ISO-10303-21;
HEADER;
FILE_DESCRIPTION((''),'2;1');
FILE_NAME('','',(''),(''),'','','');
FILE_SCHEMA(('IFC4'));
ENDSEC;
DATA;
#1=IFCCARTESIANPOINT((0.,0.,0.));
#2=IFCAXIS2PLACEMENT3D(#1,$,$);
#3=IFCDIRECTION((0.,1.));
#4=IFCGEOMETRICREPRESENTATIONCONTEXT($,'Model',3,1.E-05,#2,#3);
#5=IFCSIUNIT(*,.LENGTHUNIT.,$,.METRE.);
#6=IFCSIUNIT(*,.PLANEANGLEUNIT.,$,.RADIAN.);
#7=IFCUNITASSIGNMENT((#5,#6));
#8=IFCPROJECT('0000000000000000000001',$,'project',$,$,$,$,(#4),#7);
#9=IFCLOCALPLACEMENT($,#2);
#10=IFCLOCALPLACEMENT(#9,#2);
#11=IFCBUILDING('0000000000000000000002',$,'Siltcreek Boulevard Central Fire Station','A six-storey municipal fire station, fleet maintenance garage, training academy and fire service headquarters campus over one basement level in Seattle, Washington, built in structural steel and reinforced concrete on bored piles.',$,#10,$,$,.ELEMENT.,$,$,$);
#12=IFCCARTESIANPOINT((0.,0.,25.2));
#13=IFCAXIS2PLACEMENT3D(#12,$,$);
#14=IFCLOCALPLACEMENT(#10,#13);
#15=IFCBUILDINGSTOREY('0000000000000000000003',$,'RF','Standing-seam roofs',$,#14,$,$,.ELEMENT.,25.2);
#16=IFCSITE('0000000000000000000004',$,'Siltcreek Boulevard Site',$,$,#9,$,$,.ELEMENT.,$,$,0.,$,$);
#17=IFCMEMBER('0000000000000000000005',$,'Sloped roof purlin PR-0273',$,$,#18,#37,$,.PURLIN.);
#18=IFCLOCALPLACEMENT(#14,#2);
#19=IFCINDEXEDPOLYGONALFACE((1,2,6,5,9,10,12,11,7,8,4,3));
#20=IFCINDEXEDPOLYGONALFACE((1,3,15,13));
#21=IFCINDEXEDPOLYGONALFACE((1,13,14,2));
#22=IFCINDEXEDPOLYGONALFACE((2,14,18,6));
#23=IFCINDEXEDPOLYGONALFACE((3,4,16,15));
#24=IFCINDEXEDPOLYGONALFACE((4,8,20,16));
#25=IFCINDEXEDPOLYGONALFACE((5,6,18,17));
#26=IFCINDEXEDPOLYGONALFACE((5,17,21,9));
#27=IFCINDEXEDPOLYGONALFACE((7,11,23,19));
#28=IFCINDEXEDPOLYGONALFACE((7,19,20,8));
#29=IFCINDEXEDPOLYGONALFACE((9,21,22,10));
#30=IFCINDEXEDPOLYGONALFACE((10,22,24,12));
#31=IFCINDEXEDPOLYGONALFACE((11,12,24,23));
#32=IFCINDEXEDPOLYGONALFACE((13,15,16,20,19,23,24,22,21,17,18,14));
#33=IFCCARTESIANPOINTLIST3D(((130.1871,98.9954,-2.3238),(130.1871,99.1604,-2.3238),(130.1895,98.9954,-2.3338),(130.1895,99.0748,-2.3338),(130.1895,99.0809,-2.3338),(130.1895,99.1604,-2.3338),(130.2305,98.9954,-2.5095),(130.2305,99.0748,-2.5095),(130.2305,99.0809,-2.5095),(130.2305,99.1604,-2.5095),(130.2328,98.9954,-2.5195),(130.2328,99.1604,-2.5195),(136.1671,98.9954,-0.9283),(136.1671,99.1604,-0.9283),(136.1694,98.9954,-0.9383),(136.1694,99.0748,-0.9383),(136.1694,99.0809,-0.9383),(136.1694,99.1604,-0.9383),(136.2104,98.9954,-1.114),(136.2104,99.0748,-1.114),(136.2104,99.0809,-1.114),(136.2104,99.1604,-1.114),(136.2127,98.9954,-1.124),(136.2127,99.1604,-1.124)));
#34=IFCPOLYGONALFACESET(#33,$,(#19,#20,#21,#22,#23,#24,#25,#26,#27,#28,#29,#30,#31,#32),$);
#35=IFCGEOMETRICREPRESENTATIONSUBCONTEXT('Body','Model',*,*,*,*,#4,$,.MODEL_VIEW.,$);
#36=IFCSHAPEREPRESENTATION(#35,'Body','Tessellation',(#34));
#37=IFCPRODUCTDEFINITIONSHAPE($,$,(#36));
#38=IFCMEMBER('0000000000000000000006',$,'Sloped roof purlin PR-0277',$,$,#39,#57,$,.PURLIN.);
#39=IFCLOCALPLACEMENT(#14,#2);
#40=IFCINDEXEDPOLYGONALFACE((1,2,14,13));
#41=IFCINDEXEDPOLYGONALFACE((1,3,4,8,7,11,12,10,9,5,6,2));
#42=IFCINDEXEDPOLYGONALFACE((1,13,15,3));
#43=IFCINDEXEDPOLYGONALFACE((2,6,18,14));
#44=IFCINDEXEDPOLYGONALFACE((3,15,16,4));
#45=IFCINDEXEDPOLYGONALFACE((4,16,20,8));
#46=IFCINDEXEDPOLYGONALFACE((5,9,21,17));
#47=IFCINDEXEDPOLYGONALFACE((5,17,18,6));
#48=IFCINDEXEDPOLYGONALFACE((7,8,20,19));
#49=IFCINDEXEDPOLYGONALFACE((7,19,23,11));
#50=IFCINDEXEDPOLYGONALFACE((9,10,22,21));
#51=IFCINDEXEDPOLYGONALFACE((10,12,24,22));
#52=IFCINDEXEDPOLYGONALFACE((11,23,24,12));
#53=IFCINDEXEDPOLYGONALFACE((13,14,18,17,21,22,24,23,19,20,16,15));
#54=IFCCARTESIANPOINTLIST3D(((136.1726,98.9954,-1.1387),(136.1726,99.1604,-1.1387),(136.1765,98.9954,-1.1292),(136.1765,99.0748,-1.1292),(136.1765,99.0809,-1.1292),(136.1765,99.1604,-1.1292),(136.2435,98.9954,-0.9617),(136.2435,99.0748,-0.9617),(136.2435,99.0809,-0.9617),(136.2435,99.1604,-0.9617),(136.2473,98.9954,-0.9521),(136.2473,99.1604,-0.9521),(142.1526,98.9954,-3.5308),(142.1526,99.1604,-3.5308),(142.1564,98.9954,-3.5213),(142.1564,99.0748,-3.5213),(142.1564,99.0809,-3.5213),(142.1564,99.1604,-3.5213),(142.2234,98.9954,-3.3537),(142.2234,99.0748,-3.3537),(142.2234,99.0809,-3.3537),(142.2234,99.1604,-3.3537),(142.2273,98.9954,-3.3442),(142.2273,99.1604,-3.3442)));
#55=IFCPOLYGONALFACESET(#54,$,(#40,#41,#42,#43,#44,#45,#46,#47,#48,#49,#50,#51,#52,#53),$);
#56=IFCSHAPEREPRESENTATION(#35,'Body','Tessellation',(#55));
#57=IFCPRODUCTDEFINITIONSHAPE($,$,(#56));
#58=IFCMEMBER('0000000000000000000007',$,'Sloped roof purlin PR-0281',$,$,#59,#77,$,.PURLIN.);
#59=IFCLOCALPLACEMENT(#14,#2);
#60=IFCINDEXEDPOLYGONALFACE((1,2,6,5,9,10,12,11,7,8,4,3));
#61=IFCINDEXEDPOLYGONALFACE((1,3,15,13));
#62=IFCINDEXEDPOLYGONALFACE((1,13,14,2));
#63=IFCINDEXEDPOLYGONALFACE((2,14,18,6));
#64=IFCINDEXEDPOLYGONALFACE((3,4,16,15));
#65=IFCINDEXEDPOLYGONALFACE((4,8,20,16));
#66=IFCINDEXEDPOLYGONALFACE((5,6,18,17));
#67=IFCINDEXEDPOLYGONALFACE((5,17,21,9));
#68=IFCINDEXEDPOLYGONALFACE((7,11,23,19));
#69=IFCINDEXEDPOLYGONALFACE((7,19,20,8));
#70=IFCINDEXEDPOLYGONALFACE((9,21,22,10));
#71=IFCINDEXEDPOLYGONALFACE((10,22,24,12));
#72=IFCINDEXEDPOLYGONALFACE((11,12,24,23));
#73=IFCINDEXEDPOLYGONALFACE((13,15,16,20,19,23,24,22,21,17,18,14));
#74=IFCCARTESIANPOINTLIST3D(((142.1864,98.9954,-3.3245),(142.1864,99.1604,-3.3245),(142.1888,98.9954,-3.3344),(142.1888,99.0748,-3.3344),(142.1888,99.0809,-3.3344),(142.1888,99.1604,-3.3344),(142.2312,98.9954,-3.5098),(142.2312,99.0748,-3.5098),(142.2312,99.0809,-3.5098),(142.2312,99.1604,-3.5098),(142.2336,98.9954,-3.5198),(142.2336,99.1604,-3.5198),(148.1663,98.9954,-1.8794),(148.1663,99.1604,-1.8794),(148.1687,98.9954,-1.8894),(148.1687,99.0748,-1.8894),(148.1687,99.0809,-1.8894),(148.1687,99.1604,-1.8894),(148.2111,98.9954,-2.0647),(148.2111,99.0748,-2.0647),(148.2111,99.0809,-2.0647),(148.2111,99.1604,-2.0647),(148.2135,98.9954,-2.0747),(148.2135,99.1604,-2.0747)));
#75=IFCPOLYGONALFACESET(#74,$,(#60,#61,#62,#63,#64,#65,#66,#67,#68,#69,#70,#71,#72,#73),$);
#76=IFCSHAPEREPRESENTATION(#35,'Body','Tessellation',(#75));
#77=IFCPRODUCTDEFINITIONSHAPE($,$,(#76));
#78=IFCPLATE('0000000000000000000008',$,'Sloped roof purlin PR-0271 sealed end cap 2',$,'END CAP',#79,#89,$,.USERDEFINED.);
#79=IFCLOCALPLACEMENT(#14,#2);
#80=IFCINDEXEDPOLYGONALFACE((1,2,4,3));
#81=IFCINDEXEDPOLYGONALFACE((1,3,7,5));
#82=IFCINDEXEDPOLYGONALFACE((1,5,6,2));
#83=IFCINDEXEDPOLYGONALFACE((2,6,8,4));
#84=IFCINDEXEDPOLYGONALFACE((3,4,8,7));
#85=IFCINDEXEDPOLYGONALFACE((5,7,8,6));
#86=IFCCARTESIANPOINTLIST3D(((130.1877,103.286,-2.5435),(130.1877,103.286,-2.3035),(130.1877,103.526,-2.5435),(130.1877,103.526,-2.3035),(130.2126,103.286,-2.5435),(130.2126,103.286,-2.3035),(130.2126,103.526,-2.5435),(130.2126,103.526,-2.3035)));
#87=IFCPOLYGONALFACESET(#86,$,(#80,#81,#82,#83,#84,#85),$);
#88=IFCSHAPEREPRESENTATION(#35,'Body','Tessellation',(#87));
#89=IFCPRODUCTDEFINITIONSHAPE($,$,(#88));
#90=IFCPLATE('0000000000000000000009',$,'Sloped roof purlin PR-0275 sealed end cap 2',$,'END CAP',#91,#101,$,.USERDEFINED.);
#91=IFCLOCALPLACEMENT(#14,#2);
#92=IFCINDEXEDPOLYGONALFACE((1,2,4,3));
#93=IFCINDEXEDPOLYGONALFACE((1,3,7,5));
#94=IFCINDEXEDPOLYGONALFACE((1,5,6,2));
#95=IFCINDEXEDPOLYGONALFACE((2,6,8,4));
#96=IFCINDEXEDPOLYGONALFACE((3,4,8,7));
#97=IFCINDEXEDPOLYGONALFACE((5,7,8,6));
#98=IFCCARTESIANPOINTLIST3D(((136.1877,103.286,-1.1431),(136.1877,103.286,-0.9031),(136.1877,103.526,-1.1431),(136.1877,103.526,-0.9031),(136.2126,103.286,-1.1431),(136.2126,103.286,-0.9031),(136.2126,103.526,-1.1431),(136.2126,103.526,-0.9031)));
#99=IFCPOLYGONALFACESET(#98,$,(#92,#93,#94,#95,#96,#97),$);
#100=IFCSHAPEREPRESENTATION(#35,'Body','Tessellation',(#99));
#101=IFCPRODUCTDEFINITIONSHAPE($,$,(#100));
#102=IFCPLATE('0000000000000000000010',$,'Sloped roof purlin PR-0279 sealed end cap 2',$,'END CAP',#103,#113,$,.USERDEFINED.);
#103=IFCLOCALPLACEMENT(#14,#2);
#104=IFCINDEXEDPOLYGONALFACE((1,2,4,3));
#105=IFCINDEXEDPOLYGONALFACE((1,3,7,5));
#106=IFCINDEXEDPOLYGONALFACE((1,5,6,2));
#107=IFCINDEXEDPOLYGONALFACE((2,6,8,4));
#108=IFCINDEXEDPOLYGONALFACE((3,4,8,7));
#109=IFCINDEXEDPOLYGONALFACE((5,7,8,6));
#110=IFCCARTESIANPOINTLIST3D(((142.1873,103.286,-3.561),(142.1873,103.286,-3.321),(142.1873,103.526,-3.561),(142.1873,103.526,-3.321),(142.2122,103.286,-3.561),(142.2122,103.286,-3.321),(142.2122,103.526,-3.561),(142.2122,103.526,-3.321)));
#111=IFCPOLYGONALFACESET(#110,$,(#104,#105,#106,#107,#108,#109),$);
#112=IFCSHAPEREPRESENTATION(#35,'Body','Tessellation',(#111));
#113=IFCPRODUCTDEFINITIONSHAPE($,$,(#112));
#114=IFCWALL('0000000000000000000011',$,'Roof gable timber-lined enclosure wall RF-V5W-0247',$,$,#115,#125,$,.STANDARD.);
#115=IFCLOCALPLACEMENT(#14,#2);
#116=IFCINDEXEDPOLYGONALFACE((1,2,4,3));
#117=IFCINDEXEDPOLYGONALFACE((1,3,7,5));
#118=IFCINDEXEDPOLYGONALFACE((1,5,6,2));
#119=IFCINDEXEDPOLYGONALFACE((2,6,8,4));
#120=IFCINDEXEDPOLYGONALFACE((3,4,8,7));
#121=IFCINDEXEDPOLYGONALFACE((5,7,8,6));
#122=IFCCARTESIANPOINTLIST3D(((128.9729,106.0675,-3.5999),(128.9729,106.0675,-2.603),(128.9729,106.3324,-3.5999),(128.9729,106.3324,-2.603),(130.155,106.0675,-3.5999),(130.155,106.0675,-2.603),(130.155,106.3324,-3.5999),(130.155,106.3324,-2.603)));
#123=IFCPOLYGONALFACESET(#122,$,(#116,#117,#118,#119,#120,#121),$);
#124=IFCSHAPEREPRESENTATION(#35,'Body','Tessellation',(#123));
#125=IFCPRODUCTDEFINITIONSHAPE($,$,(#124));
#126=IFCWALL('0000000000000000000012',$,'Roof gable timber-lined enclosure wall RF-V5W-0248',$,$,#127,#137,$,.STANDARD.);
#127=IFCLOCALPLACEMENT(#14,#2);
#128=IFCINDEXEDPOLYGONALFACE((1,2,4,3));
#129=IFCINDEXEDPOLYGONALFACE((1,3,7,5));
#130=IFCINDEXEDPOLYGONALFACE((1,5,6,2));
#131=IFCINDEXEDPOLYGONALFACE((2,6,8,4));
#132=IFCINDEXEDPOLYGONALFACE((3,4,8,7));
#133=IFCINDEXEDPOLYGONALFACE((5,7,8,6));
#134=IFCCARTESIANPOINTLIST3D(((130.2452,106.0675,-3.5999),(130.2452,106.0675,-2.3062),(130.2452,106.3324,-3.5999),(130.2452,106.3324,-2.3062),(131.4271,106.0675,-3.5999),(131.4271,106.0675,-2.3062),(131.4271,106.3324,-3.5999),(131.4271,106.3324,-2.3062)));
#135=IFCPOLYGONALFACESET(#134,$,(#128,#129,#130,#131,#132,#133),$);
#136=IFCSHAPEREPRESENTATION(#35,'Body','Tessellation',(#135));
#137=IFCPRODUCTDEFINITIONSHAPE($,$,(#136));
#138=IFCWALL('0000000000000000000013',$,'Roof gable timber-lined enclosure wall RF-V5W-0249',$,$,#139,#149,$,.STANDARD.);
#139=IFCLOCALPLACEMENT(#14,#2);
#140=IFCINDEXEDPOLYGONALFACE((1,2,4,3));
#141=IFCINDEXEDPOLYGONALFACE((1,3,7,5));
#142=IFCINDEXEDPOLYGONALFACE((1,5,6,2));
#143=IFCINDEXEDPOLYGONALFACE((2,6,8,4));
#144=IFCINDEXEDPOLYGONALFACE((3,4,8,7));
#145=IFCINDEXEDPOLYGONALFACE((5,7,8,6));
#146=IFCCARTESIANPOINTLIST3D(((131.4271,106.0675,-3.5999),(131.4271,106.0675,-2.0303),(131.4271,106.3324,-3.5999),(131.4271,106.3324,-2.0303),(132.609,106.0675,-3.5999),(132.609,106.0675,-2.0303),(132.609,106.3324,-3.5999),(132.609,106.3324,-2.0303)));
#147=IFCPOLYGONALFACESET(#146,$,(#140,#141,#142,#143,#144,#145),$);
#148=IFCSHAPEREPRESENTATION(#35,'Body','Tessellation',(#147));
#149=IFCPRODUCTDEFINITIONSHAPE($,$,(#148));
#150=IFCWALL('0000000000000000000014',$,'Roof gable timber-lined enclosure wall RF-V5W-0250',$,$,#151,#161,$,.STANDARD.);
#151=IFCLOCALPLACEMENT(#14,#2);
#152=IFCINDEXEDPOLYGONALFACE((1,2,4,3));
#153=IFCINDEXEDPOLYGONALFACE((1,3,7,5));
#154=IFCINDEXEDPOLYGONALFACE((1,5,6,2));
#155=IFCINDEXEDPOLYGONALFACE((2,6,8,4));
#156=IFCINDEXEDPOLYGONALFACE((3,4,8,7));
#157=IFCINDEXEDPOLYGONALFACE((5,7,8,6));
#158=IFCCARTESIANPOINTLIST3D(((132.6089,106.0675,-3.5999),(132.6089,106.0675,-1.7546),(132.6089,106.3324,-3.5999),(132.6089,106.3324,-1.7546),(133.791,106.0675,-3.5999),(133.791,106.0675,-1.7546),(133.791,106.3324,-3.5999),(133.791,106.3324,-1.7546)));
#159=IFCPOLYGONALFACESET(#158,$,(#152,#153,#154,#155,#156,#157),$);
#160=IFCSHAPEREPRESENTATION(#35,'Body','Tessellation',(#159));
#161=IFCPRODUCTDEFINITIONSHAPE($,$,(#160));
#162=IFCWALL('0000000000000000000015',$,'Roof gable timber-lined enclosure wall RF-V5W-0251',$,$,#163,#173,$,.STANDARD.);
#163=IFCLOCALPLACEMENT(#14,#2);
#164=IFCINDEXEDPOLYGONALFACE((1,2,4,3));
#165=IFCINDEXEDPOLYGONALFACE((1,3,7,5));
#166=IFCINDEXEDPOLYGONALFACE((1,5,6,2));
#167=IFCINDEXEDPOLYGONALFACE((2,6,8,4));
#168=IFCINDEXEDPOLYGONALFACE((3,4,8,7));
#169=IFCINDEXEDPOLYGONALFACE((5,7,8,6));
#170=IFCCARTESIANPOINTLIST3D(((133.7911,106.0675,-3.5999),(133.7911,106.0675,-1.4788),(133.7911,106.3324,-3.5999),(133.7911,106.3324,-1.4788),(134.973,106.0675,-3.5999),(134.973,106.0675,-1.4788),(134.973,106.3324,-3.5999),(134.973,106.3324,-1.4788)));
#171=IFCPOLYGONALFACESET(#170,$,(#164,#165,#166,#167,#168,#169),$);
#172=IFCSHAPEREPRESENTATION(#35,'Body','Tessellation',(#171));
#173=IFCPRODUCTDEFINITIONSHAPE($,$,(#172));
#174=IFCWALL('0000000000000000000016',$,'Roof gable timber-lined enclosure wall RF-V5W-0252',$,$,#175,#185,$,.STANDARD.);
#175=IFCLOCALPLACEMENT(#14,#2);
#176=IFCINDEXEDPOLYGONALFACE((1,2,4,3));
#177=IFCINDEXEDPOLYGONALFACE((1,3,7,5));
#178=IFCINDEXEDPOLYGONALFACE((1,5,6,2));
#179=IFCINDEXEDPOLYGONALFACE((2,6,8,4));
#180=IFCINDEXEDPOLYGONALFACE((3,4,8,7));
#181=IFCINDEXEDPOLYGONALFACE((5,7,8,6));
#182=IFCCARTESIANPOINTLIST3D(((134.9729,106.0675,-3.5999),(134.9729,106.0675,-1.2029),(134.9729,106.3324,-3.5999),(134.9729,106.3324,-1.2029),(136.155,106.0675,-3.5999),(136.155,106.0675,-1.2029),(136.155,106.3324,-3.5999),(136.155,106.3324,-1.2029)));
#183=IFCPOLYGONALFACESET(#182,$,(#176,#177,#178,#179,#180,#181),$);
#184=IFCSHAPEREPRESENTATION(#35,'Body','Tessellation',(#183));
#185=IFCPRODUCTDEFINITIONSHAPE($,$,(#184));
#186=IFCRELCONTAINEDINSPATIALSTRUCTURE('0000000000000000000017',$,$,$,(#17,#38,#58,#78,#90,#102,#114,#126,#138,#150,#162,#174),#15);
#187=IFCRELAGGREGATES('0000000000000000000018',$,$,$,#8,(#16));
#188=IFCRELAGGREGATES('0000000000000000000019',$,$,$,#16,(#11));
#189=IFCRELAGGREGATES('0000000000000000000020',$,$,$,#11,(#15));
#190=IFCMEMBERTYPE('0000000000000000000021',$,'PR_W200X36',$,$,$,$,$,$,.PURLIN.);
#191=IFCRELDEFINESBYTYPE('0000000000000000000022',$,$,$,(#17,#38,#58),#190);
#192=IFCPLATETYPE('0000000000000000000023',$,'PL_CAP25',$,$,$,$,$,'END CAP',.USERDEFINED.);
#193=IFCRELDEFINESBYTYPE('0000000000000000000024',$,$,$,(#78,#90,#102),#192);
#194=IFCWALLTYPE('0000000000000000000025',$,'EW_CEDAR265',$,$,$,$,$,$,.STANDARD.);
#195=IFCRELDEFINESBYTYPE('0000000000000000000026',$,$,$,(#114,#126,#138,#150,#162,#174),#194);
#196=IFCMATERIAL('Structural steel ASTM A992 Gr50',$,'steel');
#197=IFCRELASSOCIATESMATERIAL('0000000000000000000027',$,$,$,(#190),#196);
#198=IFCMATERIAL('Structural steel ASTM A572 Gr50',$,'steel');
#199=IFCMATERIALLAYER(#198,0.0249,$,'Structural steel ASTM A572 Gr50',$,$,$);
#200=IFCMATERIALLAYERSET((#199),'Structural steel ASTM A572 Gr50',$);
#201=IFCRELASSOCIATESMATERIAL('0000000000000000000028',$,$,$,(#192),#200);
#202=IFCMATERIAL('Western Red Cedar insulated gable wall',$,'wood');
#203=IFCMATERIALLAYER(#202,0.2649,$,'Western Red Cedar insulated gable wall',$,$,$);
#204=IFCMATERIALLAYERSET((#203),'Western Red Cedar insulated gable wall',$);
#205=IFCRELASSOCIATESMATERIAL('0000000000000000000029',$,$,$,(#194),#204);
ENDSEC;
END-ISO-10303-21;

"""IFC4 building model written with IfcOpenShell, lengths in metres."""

from ifc_helpers import new_model, si_unit, direction, frame, frame_2d, origin, origin_2d, place, context, subcontext, project, spatial, rectangle, i_section, extrude, material, layer, layer_set, material_profile, profile_set, type_object, element, save


model = new_model("IFC4")

# Units and contexts
model_context = context("Model", 3, precision=1e-05, world=origin(), true_north=direction((0.0, 1.0)))
body_context = subcontext(model_context, "Body", "Model", "MODEL_VIEW")
ifc_project = project(units=[si_unit("LENGTHUNIT", "METRE"), si_unit("PLANEANGLEUNIT", "RADIAN")], contexts=[model_context])

# Site, building, storey
site_placement = place(None, origin())
site = spatial("IfcSite", under=ifc_project, at=site_placement, Name="Siltcreek Boulevard Site", CompositionType="ELEMENT", RefElevation=0.0)
building_placement = place(site_placement, origin())
building = spatial("IfcBuilding", under=site, at=building_placement, Name="Siltcreek Boulevard Central Fire Station", Description="A six-storey municipal fire station, fleet maintenance garage, training academy and fire service headquarters campus over one basement level in Seattle, Washington, built in structural steel and reinforced concrete on bored piles.", CompositionType="ELEMENT")
storey_placement = place(building_placement, frame((0.0, 0.0, 25.2)))
storey = spatial("IfcBuildingStorey", under=building, at=storey_placement, Name="RF", Description="Standing-seam roofs", CompositionType="ELEMENT", Elevation=25.2)

# Members
ifc_material_1 = material(Name="Structural steel ASTM A992 Gr50", Category="steel")
ifc_material_profile_1 = material_profile(ifc_material_1, i_section(OverallWidth=0.165, OverallDepth=0.2009, WebThickness=0.0061, FlangeThickness=0.0103, at=origin_2d()), Name="W200X36")
ifc_profile_set_1 = profile_set([ifc_material_profile_1], Name="Structural steel ASTM A992 Gr50")
member_type_1 = type_object("IfcMemberType", Name="PR_W200X36", PredefinedType="PURLIN", material=ifc_profile_set_1)
member_1_placement = place(storey_placement, frame((130.21, 99.0779, -2.4216), z_axis=(0.973835, 0.0, 0.227257), x_axis=(0.0, 1.0, 0.0)))
element("IfcMember", 1, at=member_1_placement, inside=storey, type_object=member_type_1, Name="Sloped roof purlin PR-0273", PredefinedType="PURLIN", context=body_context, shape_type="SweptSolid", body=[
    extrude(i_section(OverallWidth=0.165, OverallDepth=0.2009, WebThickness=0.0061, FlangeThickness=0.0103, at=origin_2d()), origin(), (0.0, 0.0, 1.0), 6.1406),
])
member_2_placement = place(storey_placement, frame((136.21, 99.0779, -1.0454), z_axis=(0.928471, 0.0, -0.371404), x_axis=(0.0, 1.0, 0.0)))
element("IfcMember", 2, at=member_2_placement, inside=storey, type_object=member_type_1, Name="Sloped roof purlin PR-0277", PredefinedType="PURLIN", context=body_context, shape_type="SweptSolid", body=[
    extrude(i_section(OverallWidth=0.165, OverallDepth=0.2009, WebThickness=0.0061, FlangeThickness=0.0103, at=origin_2d()), origin(), (0.0, 0.0, 1.0), 6.4407),
])
member_3_placement = place(storey_placement, frame((142.21, 99.0779, -3.4221), z_axis=(0.972022, 0.0, 0.23489), x_axis=(0.0, 1.0, 0.0)))
element("IfcMember", 3, at=member_3_placement, inside=storey, type_object=member_type_1, Name="Sloped roof purlin PR-0281", PredefinedType="PURLIN", context=body_context, shape_type="SweptSolid", body=[
    extrude(i_section(OverallWidth=0.165, OverallDepth=0.2009, WebThickness=0.0061, FlangeThickness=0.0103, at=origin_2d()), origin(), (0.0, 0.0, 1.0), 6.1521),
])

# Plates
ifc_material_2 = material(Name="Structural steel ASTM A572 Gr50", Category="steel")
ifc_layer_1 = layer(ifc_material_2, 0.0249, Name="Structural steel ASTM A572 Gr50")
ifc_layer_set_1 = layer_set([ifc_layer_1], Name="Structural steel ASTM A572 Gr50")
plate_type = type_object("IfcPlateType", Name="PL_CAP25", ElementType="END CAP", PredefinedType="USERDEFINED", material=ifc_layer_set_1)
for number, where, z_axis, x_axis, name in (
    (4, (130.2002, 103.406, -2.5435), (0.0, 0.0, 1.0), (1.0, 0.0, 0.0), "Sloped roof purlin PR-0271 sealed end cap 2"),
    (5, (136.2002, 103.406, -1.1431), (0.0, 0.0, 1.0), (1.0, 0.0, 0.0), "Sloped roof purlin PR-0275 sealed end cap 2"),
    (6, (142.1997, 103.406, -3.561), (0.0, 0.0, 1.0), (1.0, 0.0, 0.0), "Sloped roof purlin PR-0279 sealed end cap 2"),
):
    element("IfcPlate", number, at=place(storey_placement, frame(where, z_axis=z_axis, x_axis=x_axis)), inside=storey, type_object=plate_type, Name=name, ObjectType="END CAP", PredefinedType="USERDEFINED", context=body_context, shape_type="SweptSolid", body=[
        extrude(rectangle(XDim=0.0249, YDim=0.24, at=origin_2d()), origin(), (0.0, 0.0, 1.0), 0.24),
    ])

# Walls
ifc_material_3 = material(Name="Western Red Cedar insulated gable wall", Category="wood")
ifc_layer_2 = layer(ifc_material_3, 0.2649, Name="Western Red Cedar insulated gable wall")
ifc_layer_set_2 = layer_set([ifc_layer_2], Name="Western Red Cedar insulated gable wall")
wall_type = type_object("IfcWallType", Name="EW_CEDAR265", PredefinedType="STANDARD", material=ifc_layer_set_2)
wall_1_placement = place(storey_placement, frame((130.155, 106.2, -3.5999), z_axis=(0.0, 0.0, 1.0), x_axis=(-1.0, 0.0, 0.0)))
element("IfcWall", 7, at=wall_1_placement, inside=storey, type_object=wall_type, Name="Roof gable timber-lined enclosure wall RF-V5W-0247", PredefinedType="STANDARD", context=body_context, shape_type="SweptSolid", body=[
    extrude(rectangle(XDim=1.1821, YDim=0.2649, at=frame_2d((0.5911, 0.0))), origin(), (0.0, 0.0, 1.0), 0.9968),
])
wall_2_placement = place(storey_placement, frame((131.427, 106.2, -3.5999), z_axis=(0.0, 0.0, 1.0), x_axis=(-1.0, 0.0, 0.0)))
element("IfcWall", 8, at=wall_2_placement, inside=storey, type_object=wall_type, Name="Roof gable timber-lined enclosure wall RF-V5W-0248", PredefinedType="STANDARD", context=body_context, shape_type="SweptSolid", body=[
    extrude(rectangle(XDim=1.1819, YDim=0.2649, at=frame_2d((0.5908, 0.0))), origin(), (0.0, 0.0, 1.0), 1.2937),
])
wall_3_placement = place(storey_placement, frame((132.6089, 106.2, -3.5999), z_axis=(0.0, 0.0, 1.0), x_axis=(-1.0, 0.0, 0.0)))
element("IfcWall", 9, at=wall_3_placement, inside=storey, type_object=wall_type, Name="Roof gable timber-lined enclosure wall RF-V5W-0249", PredefinedType="STANDARD", context=body_context, shape_type="SweptSolid", body=[
    extrude(rectangle(XDim=1.1819, YDim=0.2649, at=frame_2d((0.5908, 0.0))), origin(), (0.0, 0.0, 1.0), 1.5696),
])
wall_4_placement = place(storey_placement, frame((133.791, 106.2, -3.5999), z_axis=(0.0, 0.0, 1.0), x_axis=(-1.0, 0.0, 0.0)))
element("IfcWall", 10, at=wall_4_placement, inside=storey, type_object=wall_type, Name="Roof gable timber-lined enclosure wall RF-V5W-0250", PredefinedType="STANDARD", context=body_context, shape_type="SweptSolid", body=[
    extrude(rectangle(XDim=1.1821, YDim=0.2649, at=frame_2d((0.5911, 0.0))), origin(), (0.0, 0.0, 1.0), 1.8452),
])
wall_5_placement = place(storey_placement, frame((134.9729, 106.2, -3.5999), z_axis=(0.0, 0.0, 1.0), x_axis=(-1.0, 0.0, 0.0)))
element("IfcWall", 11, at=wall_5_placement, inside=storey, type_object=wall_type, Name="Roof gable timber-lined enclosure wall RF-V5W-0251", PredefinedType="STANDARD", context=body_context, shape_type="SweptSolid", body=[
    extrude(rectangle(XDim=1.1819, YDim=0.2649, at=frame_2d((0.5908, 0.0))), origin(), (0.0, 0.0, 1.0), 2.1211),
])
wall_6_placement = place(storey_placement, frame((136.155, 106.2, -3.5999), z_axis=(0.0, 0.0, 1.0), x_axis=(-1.0, 0.0, 0.0)))
element("IfcWall", 12, at=wall_6_placement, inside=storey, type_object=wall_type, Name="Roof gable timber-lined enclosure wall RF-V5W-0252", PredefinedType="STANDARD", context=body_context, shape_type="SweptSolid", body=[
    extrude(rectangle(XDim=1.1821, YDim=0.2649, at=frame_2d((0.5911, 0.0))), origin(), (0.0, 0.0, 1.0), 2.397),
])

save(model, "model.ifc")
